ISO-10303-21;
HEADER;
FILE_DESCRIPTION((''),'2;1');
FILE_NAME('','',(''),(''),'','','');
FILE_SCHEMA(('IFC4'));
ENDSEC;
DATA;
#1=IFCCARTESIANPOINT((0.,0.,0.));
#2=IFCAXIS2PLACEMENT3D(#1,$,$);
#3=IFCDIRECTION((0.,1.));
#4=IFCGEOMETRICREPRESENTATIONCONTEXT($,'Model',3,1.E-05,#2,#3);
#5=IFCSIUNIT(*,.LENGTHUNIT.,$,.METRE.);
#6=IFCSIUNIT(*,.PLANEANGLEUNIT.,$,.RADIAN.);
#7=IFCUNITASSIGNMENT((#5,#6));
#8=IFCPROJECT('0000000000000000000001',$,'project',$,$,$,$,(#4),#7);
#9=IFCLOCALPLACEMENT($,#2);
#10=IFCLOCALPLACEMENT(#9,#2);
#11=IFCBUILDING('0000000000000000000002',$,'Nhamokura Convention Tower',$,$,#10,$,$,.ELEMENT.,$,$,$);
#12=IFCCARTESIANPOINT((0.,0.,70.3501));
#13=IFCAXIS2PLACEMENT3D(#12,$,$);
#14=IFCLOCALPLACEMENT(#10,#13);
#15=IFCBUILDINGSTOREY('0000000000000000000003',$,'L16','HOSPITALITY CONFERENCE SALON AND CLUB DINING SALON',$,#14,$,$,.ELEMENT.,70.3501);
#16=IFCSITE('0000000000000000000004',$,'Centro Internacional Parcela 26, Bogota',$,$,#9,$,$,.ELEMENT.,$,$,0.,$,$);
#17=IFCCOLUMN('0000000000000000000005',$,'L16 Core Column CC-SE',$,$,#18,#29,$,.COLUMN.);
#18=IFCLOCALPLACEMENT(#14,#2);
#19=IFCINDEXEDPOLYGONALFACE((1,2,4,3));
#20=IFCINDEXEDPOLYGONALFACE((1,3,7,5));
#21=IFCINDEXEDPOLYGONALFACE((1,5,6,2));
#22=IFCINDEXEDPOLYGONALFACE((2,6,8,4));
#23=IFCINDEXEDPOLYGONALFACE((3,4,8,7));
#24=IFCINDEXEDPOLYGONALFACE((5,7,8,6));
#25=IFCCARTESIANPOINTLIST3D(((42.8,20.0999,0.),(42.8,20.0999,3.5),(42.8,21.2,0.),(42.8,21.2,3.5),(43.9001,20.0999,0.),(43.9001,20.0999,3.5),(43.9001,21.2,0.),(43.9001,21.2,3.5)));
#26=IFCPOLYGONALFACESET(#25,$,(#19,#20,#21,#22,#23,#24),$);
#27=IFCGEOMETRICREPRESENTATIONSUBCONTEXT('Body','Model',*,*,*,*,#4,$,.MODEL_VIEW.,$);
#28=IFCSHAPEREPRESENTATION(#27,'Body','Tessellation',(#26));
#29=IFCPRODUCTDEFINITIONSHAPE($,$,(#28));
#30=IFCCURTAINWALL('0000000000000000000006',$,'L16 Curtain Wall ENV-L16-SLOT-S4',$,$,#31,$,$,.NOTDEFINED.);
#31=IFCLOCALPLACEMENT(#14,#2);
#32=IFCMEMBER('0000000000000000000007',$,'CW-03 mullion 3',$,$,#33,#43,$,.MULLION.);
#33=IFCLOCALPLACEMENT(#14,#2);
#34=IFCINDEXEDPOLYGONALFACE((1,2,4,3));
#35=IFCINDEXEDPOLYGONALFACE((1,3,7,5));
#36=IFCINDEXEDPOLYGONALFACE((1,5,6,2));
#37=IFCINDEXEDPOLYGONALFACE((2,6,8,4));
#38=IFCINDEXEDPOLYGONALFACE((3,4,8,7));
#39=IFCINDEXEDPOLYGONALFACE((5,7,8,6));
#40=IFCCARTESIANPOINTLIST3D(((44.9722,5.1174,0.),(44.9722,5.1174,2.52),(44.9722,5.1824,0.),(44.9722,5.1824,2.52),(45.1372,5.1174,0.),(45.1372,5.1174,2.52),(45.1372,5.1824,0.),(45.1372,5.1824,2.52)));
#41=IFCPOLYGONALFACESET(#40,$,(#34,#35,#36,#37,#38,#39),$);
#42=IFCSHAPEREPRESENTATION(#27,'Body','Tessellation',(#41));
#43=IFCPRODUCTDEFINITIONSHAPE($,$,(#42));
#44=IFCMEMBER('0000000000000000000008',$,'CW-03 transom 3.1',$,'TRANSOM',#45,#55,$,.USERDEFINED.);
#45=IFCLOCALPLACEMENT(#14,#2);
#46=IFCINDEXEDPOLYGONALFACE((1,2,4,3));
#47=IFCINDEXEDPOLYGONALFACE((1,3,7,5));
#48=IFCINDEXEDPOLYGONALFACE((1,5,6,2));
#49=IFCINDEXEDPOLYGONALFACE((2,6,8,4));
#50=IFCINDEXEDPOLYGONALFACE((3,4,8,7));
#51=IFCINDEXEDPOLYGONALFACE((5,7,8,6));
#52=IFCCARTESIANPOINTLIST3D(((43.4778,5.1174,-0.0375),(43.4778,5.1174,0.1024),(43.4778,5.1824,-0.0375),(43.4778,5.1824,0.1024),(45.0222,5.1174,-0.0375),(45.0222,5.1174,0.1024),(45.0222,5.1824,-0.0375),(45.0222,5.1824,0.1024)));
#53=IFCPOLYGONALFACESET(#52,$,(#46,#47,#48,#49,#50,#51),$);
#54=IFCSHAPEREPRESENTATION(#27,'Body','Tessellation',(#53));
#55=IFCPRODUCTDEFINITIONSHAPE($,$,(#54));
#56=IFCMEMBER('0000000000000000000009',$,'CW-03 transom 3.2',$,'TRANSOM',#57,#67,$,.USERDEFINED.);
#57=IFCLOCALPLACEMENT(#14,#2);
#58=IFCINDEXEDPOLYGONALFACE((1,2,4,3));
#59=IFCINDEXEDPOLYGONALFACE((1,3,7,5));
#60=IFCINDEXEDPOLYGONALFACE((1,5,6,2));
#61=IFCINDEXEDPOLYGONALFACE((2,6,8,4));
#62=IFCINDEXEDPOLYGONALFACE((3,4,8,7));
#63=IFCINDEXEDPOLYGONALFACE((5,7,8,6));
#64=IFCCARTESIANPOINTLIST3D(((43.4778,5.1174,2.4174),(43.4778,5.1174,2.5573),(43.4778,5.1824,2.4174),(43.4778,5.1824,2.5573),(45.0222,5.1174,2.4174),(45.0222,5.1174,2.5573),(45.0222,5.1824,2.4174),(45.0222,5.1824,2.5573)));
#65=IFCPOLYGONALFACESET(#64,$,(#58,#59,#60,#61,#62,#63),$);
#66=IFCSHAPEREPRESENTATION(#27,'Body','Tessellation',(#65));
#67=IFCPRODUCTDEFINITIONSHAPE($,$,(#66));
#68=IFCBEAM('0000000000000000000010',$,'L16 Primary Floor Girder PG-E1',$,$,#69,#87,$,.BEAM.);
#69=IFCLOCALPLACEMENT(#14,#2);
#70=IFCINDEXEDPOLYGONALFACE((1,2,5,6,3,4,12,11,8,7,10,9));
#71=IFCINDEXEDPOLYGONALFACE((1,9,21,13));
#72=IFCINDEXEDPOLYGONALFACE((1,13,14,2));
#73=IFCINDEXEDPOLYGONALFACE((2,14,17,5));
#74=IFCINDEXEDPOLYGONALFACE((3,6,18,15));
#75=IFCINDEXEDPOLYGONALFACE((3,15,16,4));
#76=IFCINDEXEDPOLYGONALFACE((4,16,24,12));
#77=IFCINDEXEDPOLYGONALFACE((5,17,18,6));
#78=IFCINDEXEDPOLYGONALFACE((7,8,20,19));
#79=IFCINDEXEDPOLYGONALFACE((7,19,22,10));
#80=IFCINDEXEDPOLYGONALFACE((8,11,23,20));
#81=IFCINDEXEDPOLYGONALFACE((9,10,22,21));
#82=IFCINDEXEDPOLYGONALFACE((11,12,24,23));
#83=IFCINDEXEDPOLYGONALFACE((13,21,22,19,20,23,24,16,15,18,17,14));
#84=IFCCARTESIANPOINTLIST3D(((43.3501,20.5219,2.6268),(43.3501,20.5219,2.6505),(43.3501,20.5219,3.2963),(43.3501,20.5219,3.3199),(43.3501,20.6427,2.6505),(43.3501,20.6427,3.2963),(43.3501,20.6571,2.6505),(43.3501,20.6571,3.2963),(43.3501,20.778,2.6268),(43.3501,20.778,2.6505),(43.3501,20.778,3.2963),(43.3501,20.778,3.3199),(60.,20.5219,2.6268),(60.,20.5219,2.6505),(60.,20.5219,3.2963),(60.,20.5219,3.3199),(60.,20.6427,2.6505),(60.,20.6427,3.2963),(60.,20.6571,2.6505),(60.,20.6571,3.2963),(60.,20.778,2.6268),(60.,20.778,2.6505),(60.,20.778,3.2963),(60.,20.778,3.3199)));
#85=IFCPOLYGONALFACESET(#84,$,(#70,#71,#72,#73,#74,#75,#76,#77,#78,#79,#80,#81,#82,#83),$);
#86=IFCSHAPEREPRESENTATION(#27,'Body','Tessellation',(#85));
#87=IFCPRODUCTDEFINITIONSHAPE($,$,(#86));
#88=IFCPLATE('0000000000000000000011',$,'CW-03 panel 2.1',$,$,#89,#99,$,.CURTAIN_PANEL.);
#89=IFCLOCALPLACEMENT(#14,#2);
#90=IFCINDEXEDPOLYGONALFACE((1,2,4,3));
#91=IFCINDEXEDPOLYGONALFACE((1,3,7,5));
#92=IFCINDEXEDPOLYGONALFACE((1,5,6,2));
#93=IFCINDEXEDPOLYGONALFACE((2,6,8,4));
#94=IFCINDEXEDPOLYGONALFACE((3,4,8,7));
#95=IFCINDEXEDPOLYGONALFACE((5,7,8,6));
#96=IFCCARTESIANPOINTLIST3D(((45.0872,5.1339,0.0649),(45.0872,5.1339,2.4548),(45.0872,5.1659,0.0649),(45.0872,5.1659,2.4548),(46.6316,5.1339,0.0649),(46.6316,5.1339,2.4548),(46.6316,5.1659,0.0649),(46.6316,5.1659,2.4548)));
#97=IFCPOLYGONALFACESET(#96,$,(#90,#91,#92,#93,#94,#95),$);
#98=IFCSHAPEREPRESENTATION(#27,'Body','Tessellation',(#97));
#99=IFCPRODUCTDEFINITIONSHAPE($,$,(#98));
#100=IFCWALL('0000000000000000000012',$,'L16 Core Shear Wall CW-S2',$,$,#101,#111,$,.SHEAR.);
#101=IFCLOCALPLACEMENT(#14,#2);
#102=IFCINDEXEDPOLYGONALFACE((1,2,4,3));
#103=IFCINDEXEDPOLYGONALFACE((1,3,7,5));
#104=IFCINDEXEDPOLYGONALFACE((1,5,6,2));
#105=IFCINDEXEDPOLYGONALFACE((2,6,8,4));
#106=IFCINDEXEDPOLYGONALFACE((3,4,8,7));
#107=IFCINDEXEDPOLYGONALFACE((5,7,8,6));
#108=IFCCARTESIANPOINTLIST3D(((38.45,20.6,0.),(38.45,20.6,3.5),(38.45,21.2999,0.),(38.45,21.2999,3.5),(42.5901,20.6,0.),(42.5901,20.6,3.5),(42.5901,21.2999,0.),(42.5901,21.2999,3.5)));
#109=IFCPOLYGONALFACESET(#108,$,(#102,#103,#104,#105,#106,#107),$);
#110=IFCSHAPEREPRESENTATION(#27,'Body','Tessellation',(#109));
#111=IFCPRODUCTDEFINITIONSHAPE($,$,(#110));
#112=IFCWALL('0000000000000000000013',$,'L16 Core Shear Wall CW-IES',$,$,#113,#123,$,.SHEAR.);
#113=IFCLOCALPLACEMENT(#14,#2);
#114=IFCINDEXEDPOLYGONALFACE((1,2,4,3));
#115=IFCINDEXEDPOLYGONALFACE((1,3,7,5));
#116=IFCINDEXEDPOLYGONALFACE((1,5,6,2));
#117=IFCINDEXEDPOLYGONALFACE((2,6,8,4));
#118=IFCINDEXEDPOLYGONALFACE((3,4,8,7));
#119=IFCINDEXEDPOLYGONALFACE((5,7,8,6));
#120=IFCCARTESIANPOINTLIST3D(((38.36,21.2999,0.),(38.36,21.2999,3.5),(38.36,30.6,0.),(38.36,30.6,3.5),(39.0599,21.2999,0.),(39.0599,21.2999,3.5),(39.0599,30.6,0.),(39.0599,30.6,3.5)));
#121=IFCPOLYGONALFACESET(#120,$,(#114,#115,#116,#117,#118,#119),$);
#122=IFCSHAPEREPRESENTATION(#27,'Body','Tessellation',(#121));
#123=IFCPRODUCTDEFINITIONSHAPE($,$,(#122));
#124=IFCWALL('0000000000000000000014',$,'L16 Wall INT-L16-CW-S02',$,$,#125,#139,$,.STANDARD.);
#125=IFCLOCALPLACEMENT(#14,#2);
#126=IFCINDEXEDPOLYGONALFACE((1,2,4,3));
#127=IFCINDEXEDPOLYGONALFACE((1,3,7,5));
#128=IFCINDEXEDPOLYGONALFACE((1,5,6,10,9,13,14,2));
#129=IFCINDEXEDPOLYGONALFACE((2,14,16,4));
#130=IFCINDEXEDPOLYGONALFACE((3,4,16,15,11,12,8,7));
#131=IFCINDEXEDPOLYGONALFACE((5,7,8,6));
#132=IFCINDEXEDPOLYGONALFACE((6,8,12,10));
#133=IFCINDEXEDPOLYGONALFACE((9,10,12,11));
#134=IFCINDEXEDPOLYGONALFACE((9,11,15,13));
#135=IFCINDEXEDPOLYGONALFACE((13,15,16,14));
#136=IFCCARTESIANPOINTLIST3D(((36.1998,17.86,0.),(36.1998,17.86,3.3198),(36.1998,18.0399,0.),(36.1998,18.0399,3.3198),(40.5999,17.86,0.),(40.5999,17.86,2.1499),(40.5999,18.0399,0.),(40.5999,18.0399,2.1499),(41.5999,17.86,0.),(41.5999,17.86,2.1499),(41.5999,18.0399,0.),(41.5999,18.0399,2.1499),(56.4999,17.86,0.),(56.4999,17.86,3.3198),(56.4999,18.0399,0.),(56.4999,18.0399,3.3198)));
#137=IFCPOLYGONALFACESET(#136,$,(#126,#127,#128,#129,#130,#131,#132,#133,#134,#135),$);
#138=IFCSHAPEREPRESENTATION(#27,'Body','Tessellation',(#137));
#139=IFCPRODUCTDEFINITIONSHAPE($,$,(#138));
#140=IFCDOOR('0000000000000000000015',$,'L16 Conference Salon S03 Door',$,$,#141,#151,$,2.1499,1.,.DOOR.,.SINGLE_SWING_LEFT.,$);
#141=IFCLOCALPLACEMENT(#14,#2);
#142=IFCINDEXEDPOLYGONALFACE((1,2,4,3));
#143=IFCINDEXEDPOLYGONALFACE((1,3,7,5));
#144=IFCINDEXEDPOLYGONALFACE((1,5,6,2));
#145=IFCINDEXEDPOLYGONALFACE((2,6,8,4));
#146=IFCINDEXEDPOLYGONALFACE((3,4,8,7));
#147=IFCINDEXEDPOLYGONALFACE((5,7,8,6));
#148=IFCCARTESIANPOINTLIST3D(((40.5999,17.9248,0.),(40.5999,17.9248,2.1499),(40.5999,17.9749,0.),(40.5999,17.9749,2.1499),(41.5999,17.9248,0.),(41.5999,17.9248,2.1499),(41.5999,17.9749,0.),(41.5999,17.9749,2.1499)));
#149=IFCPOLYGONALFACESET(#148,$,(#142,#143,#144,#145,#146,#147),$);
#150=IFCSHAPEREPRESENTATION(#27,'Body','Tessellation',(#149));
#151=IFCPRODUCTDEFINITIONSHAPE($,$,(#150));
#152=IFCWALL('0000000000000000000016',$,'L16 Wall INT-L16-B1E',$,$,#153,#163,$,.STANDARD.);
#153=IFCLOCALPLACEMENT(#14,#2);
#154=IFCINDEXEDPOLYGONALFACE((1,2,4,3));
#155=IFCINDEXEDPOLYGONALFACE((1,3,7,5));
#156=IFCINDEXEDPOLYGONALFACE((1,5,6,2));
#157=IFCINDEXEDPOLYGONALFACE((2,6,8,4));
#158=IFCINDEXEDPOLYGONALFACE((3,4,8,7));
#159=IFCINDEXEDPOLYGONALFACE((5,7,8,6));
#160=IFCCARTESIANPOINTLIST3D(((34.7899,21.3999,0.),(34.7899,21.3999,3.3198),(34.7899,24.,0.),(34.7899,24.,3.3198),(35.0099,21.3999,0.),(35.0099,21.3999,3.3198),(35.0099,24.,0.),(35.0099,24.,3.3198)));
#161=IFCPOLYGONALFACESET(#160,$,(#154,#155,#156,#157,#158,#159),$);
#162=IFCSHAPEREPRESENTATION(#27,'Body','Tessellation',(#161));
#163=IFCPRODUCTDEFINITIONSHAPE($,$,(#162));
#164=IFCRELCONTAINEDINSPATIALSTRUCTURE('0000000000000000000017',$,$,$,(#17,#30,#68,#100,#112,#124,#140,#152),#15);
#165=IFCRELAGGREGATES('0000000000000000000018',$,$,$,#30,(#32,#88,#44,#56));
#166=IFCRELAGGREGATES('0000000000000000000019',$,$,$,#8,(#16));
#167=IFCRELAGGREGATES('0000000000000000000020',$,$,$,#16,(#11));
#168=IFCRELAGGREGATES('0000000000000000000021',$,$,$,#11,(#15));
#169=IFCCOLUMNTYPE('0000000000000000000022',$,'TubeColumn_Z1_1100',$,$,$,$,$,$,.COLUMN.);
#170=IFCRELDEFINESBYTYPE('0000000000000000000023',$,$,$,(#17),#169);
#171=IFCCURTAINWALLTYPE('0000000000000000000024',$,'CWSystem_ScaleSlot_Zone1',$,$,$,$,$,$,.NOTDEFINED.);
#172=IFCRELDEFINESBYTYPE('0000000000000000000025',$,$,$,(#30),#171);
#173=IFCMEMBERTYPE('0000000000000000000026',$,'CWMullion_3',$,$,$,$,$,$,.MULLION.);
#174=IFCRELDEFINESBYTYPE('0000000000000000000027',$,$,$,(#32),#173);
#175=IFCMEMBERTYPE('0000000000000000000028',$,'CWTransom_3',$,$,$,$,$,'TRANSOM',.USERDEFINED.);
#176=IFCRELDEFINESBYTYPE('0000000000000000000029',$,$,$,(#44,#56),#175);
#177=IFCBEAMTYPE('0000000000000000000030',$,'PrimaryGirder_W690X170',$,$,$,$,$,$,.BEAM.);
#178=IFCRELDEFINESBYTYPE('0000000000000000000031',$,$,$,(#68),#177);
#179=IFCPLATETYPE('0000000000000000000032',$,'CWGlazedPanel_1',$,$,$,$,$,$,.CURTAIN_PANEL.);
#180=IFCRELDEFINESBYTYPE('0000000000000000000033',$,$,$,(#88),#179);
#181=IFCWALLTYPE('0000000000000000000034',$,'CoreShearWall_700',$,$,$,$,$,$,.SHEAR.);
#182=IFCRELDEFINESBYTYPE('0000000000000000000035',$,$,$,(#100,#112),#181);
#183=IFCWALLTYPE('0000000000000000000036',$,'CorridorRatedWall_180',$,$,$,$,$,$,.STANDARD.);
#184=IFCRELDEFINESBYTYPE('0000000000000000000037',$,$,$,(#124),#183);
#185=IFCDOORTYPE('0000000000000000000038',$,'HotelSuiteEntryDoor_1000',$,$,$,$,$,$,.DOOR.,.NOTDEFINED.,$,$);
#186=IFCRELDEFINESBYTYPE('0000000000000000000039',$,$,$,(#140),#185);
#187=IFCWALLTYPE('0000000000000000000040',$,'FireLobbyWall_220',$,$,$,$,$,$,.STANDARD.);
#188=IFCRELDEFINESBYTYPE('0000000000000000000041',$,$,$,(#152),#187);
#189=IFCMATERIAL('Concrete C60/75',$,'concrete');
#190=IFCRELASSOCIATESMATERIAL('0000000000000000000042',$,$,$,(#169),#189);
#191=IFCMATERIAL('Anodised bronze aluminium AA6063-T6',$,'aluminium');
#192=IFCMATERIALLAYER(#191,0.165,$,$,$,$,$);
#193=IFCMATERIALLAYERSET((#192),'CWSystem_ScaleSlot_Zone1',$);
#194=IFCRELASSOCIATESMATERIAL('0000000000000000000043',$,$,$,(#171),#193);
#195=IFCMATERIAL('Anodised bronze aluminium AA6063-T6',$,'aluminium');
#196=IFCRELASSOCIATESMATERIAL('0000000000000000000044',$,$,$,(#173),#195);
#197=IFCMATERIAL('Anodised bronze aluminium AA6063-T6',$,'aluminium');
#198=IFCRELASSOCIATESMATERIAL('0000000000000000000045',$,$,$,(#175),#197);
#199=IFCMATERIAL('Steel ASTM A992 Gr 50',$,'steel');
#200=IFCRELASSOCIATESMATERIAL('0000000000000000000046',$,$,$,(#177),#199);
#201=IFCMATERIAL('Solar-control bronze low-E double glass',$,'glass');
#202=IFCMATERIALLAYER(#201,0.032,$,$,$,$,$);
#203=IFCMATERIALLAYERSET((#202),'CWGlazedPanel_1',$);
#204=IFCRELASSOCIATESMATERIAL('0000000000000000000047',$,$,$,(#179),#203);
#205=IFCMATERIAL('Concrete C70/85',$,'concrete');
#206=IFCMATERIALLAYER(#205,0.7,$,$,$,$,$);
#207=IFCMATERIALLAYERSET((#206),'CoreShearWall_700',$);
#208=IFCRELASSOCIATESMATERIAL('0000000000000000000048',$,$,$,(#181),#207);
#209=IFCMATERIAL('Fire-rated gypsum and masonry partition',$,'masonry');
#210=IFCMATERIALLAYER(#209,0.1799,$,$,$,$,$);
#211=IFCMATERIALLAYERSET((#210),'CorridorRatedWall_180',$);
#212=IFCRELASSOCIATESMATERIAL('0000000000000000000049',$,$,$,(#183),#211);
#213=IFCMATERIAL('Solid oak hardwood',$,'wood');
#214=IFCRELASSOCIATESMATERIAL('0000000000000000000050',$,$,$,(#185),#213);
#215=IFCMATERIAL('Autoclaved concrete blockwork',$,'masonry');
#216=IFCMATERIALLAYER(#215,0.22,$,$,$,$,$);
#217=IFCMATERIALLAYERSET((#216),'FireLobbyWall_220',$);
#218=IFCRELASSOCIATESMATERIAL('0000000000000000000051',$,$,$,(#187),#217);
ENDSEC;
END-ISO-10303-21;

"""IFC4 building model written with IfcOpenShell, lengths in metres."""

from ifc_helpers import new_model, si_unit, direction, frame, frame_2d, origin, origin_2d, place, context, subcontext, project, spatial, rectangle, i_section, extrude, material, layer, layer_set, material_profile, profile_set, type_object, element, fill, aggregate, save


model = new_model("IFC4")

# Units and contexts
model_context = context("Model", 3, precision=1e-05, world=origin(), true_north=direction((0.0, 1.0)))
body_context = subcontext(model_context, "Body", "Model", "MODEL_VIEW")
ifc_project = project(units=[si_unit("LENGTHUNIT", "METRE"), si_unit("PLANEANGLEUNIT", "RADIAN")], contexts=[model_context])

# Site, building, storey
site_placement = place(None, origin())
site = spatial("IfcSite", under=ifc_project, at=site_placement, Name="Centro Internacional Parcela 26, Bogota", CompositionType="ELEMENT", RefElevation=0.0)
building_placement = place(site_placement, origin())
building = spatial("IfcBuilding", under=site, at=building_placement, Name="Nhamokura Convention Tower", CompositionType="ELEMENT")
storey_placement = place(building_placement, frame((0.0, 0.0, 70.3501)))
storey = spatial("IfcBuildingStorey", under=building, at=storey_placement, Name="L16", Description="HOSPITALITY CONFERENCE SALON AND CLUB DINING SALON", CompositionType="ELEMENT", Elevation=70.3501)

# Column
ifc_material_1 = material(Name="Concrete C60/75", Category="concrete")
ifc_material_profile_1 = material_profile(ifc_material_1, rectangle(XDim=1.1001, YDim=1.1001, at=origin_2d()))
ifc_profile_set_1 = profile_set([ifc_material_profile_1], Name="Concrete C60/75")
column_type = type_object("IfcColumnType", Name="TubeColumn_Z1_1100", PredefinedType="COLUMN", material=ifc_profile_set_1)
column_placement = place(storey_placement, frame((43.3501, 20.6499, 0.0), z_axis=(0.0, 0.0, 1.0), x_axis=(1.0, 0.0, 0.0)))
element("IfcColumn", 1, at=column_placement, inside=storey, type_object=column_type, Name="L16 Core Column CC-SE", PredefinedType="COLUMN", context=body_context, shape_type="SweptSolid", body=[
    extrude(rectangle(XDim=1.1001, YDim=1.1001, at=origin_2d()), origin(), (0.0, 0.0, 1.0), 3.5),
])

# Curtain wall, members
ifc_material_2 = material(Name="Anodised bronze aluminium AA6063-T6", Category="aluminium")
ifc_layer_1 = layer(ifc_material_2, 0.165)
ifc_layer_set_1 = layer_set([ifc_layer_1], Name="CWSystem_ScaleSlot_Zone1")
curtain_wall_type = type_object("IfcCurtainWallType", Name="CWSystem_ScaleSlot_Zone1", PredefinedType="NOTDEFINED", material=ifc_layer_set_1)
curtain_wall_placement = place(storey_placement, origin())
curtain_wall = element("IfcCurtainWall", 2, at=curtain_wall_placement, inside=storey, type_object=curtain_wall_type, Name="L16 Curtain Wall ENV-L16-SLOT-S4", PredefinedType="NOTDEFINED")
ifc_material_3 = material(Name="Anodised bronze aluminium AA6063-T6", Category="aluminium")
ifc_material_profile_2 = material_profile(ifc_material_3, rectangle(XDim=0.0649, YDim=0.165, at=origin_2d()))
ifc_profile_set_2 = profile_set([ifc_material_profile_2], Name="Anodised bronze aluminium AA6063-T6")
member_type_1 = type_object("IfcMemberType", Name="CWMullion_3", PredefinedType="MULLION", material=ifc_profile_set_2)
member_1_placement = place(storey_placement, frame((45.0547, 5.1499, 0.0), z_axis=(0.0, 0.0, 1.0), x_axis=(0.0, -1.0, 0.0)))
member_1 = element("IfcMember", 3, at=member_1_placement, type_object=member_type_1, Name="CW-03 mullion 3", PredefinedType="MULLION", context=body_context, shape_type="SweptSolid", body=[
    extrude(rectangle(XDim=0.0649, YDim=0.165, at=origin_2d()), origin(), (0.0, 0.0, 1.0), 2.52),
])
ifc_material_4 = material(Name="Anodised bronze aluminium AA6063-T6", Category="aluminium")
ifc_material_profile_3 = material_profile(ifc_material_4, rectangle(XDim=0.0649, YDim=0.1399, at=origin_2d()))
ifc_profile_set_3 = profile_set([ifc_material_profile_3], Name="Anodised bronze aluminium AA6063-T6")
member_type_2 = type_object("IfcMemberType", Name="CWTransom_3", ElementType="TRANSOM", PredefinedType="USERDEFINED", material=ifc_profile_set_3)
member_2_placement = place(storey_placement, frame((45.0222, 5.1499, 0.0325), z_axis=(-1.0, 0.0, 0.0), x_axis=(0.0, -1.0, 0.0)))
member_2 = element("IfcMember", 4, at=member_2_placement, type_object=member_type_2, Name="CW-03 transom 3.1", ObjectType="TRANSOM", PredefinedType="USERDEFINED", context=body_context, shape_type="SweptSolid", body=[
    extrude(rectangle(XDim=0.0649, YDim=0.1399, at=origin_2d()), origin(), (0.0, 0.0, 1.0), 1.5444),
])
member_3_placement = place(storey_placement, frame((45.0222, 5.1499, 2.4873), z_axis=(-1.0, 0.0, 0.0), x_axis=(0.0, -1.0, 0.0)))
member_3 = element("IfcMember", 5, at=member_3_placement, type_object=member_type_2, Name="CW-03 transom 3.2", ObjectType="TRANSOM", PredefinedType="USERDEFINED", context=body_context, shape_type="SweptSolid", body=[
    extrude(rectangle(XDim=0.0649, YDim=0.1399, at=origin_2d()), origin(), (0.0, 0.0, 1.0), 1.5444),
])

# Beam
ifc_material_5 = material(Name="Steel ASTM A992 Gr 50", Category="steel")
ifc_material_profile_4 = material_profile(ifc_material_5, i_section(OverallWidth=0.2561, OverallDepth=0.6931, WebThickness=0.0144, FlangeThickness=0.0237, at=origin_2d()))
ifc_profile_set_4 = profile_set([ifc_material_profile_4], Name="Steel ASTM A992 Gr 50")
beam_type = type_object("IfcBeamType", Name="PrimaryGirder_W690X170", PredefinedType="BEAM", material=ifc_profile_set_4)
beam_placement = place(storey_placement, frame((43.3501, 20.6499, 2.9734), z_axis=(1.0, 0.0, 0.0), x_axis=(0.0, 1.0, 0.0)))
element("IfcBeam", 6, at=beam_placement, inside=storey, type_object=beam_type, Name="L16 Primary Floor Girder PG-E1", PredefinedType="BEAM", context=body_context, shape_type="SweptSolid", body=[
    extrude(i_section(OverallWidth=0.2561, OverallDepth=0.6931, WebThickness=0.0144, FlangeThickness=0.0237, at=origin_2d()), origin(), (0.0, 0.0, 1.0), 16.6499),
])

# Plate
ifc_material_6 = material(Name="Solar-control bronze low-E double glass", Category="glass")
ifc_layer_2 = layer(ifc_material_6, 0.032)
ifc_layer_set_2 = layer_set([ifc_layer_2], Name="CWGlazedPanel_1")
plate_type = type_object("IfcPlateType", Name="CWGlazedPanel_1", PredefinedType="CURTAIN_PANEL", material=ifc_layer_set_2)
plate_placement = place(storey_placement, frame((45.8594, 5.1499, 0.0649), z_axis=(0.0, 0.0, 1.0), x_axis=(-1.0, 0.0, 0.0)))
plate = element("IfcPlate", 7, at=plate_placement, type_object=plate_type, Name="CW-03 panel 2.1", PredefinedType="CURTAIN_PANEL", context=body_context, shape_type="SweptSolid", body=[
    extrude(rectangle(XDim=1.5444, YDim=0.032, at=origin_2d()), origin(), (0.0, 0.0, 1.0), 2.3899),
])
aggregate(curtain_wall, [member_1, plate, member_2, member_3])

# Shared definitions
ifc_material_7 = material(Name="Concrete C70/85", Category="concrete")
ifc_layer_3 = layer(ifc_material_7, 0.7)
ifc_layer_set_3 = layer_set([ifc_layer_3], Name="CoreShearWall_700")
wall_type_1 = type_object("IfcWallType", Name="CoreShearWall_700", PredefinedType="SHEAR", material=ifc_layer_set_3)

# Walls
wall_1_placement = place(storey_placement, frame((38.45, 20.95, 0.0), z_axis=(0.0, 0.0, 1.0), x_axis=(1.0, 0.0, 0.0)))
element("IfcWall", 8, at=wall_1_placement, inside=storey, type_object=wall_type_1, Name="L16 Core Shear Wall CW-S2", PredefinedType="SHEAR", context=body_context, shape_type="SweptSolid", body=[
    extrude(rectangle(XDim=4.1401, YDim=0.7, at=frame_2d((2.0701, 0.0))), origin(), (0.0, 0.0, 1.0), 3.5),
])
wall_2_placement = place(storey_placement, frame((38.71, 21.3, 0.0), z_axis=(0.0, 0.0, 1.0), x_axis=(0.0, 1.0, 0.0)))
element("IfcWall", 9, at=wall_2_placement, inside=storey, type_object=wall_type_1, Name="L16 Core Shear Wall CW-IES", PredefinedType="SHEAR", context=body_context, shape_type="SweptSolid", body=[
    extrude(rectangle(XDim=9.3, YDim=0.7, at=frame_2d((4.6499, 0.0))), origin(), (0.0, 0.0, 1.0), 3.5),
])

# Wall, opening, door
ifc_material_8 = material(Name="Fire-rated gypsum and masonry partition", Category="masonry")
ifc_layer_4 = layer(ifc_material_8, 0.1799)
ifc_layer_set_4 = layer_set([ifc_layer_4], Name="CorridorRatedWall_180")
wall_type_2 = type_object("IfcWallType", Name="CorridorRatedWall_180", PredefinedType="STANDARD", material=ifc_layer_set_4)
wall_3_placement = place(storey_placement, frame((36.2, 17.95, 0.0), z_axis=(0.0, 0.0, 1.0), x_axis=(1.0, 0.0, 0.0)))
wall_3 = element("IfcWall", 10, at=wall_3_placement, inside=storey, type_object=wall_type_2, Name="L16 Wall INT-L16-CW-S02", PredefinedType="STANDARD", context=body_context, shape_type="SweptSolid", body=[
    extrude(rectangle(XDim=20.3, YDim=0.1799, at=frame_2d((10.1499, 0.0))), origin(), (0.0, 0.0, 1.0), 3.3198),
])
opening_1_placement = place(wall_3_placement, frame((4.3999, 0.0, 0.0)))
opening_1 = element("IfcOpeningElement", 11, at=opening_1_placement, cuts=wall_3, PredefinedType="OPENING", context=body_context, shape_type="SweptSolid", body=[
    extrude(rectangle(XDim=1.0, YDim=2.1499, at=frame_2d((0.5, 1.075))), frame((0.0, 0.0999, 0.0), z_axis=(0.0, -1.0, 0.0), x_axis=(1.0, 0.0, 0.0)), (0.0, 0.0, 1.0), 0.2),
])
ifc_material_9 = material(Name="Solid oak hardwood", Category="wood")
door_type_1 = type_object("IfcDoorType", Name="HotelSuiteEntryDoor_1000", OperationType="NOTDEFINED", PredefinedType="DOOR", material=ifc_material_9)
door_1_placement = place(opening_1_placement, origin())
door_1 = element("IfcDoor", 12, at=door_1_placement, inside=storey, type_object=door_type_1, Name="L16 Conference Salon S03 Door", OperationType="SINGLE_SWING_LEFT", OverallHeight=2.1499, OverallWidth=1.0, PredefinedType="DOOR", context=body_context, shape_type="SweptSolid", body=[
    extrude(rectangle(XDim=1.0, YDim=2.1499, at=frame_2d((0.5, 1.075))), frame((0.0, 0.0249, 0.0), z_axis=(0.0, -1.0, 0.0), x_axis=(1.0, 0.0, 0.0)), (0.0, 0.0, 1.0), 0.05),
])
fill(opening_1, door_1)
ifc_material_10 = material(Name="Autoclaved concrete blockwork", Category="masonry")
ifc_layer_5 = layer(ifc_material_10, 0.22)
ifc_layer_set_5 = layer_set([ifc_layer_5], Name="FireLobbyWall_220")
wall_type_3 = type_object("IfcWallType", Name="FireLobbyWall_220", PredefinedType="STANDARD", material=ifc_layer_set_5)

# Wall
wall_4_placement = place(storey_placement, frame((34.8999, 21.3999, 0.0), z_axis=(0.0, 0.0, 1.0), x_axis=(0.0, 1.0, 0.0)))
element("IfcWall", 13, at=wall_4_placement, inside=storey, type_object=wall_type_3, Name="L16 Wall INT-L16-B1E", PredefinedType="STANDARD", context=body_context, shape_type="SweptSolid", body=[
    extrude(rectangle(XDim=2.6001, YDim=0.22, at=frame_2d((1.3, 0.0))), origin(), (0.0, 0.0, 1.0), 3.3198),
])

save(model, "model.ifc")
